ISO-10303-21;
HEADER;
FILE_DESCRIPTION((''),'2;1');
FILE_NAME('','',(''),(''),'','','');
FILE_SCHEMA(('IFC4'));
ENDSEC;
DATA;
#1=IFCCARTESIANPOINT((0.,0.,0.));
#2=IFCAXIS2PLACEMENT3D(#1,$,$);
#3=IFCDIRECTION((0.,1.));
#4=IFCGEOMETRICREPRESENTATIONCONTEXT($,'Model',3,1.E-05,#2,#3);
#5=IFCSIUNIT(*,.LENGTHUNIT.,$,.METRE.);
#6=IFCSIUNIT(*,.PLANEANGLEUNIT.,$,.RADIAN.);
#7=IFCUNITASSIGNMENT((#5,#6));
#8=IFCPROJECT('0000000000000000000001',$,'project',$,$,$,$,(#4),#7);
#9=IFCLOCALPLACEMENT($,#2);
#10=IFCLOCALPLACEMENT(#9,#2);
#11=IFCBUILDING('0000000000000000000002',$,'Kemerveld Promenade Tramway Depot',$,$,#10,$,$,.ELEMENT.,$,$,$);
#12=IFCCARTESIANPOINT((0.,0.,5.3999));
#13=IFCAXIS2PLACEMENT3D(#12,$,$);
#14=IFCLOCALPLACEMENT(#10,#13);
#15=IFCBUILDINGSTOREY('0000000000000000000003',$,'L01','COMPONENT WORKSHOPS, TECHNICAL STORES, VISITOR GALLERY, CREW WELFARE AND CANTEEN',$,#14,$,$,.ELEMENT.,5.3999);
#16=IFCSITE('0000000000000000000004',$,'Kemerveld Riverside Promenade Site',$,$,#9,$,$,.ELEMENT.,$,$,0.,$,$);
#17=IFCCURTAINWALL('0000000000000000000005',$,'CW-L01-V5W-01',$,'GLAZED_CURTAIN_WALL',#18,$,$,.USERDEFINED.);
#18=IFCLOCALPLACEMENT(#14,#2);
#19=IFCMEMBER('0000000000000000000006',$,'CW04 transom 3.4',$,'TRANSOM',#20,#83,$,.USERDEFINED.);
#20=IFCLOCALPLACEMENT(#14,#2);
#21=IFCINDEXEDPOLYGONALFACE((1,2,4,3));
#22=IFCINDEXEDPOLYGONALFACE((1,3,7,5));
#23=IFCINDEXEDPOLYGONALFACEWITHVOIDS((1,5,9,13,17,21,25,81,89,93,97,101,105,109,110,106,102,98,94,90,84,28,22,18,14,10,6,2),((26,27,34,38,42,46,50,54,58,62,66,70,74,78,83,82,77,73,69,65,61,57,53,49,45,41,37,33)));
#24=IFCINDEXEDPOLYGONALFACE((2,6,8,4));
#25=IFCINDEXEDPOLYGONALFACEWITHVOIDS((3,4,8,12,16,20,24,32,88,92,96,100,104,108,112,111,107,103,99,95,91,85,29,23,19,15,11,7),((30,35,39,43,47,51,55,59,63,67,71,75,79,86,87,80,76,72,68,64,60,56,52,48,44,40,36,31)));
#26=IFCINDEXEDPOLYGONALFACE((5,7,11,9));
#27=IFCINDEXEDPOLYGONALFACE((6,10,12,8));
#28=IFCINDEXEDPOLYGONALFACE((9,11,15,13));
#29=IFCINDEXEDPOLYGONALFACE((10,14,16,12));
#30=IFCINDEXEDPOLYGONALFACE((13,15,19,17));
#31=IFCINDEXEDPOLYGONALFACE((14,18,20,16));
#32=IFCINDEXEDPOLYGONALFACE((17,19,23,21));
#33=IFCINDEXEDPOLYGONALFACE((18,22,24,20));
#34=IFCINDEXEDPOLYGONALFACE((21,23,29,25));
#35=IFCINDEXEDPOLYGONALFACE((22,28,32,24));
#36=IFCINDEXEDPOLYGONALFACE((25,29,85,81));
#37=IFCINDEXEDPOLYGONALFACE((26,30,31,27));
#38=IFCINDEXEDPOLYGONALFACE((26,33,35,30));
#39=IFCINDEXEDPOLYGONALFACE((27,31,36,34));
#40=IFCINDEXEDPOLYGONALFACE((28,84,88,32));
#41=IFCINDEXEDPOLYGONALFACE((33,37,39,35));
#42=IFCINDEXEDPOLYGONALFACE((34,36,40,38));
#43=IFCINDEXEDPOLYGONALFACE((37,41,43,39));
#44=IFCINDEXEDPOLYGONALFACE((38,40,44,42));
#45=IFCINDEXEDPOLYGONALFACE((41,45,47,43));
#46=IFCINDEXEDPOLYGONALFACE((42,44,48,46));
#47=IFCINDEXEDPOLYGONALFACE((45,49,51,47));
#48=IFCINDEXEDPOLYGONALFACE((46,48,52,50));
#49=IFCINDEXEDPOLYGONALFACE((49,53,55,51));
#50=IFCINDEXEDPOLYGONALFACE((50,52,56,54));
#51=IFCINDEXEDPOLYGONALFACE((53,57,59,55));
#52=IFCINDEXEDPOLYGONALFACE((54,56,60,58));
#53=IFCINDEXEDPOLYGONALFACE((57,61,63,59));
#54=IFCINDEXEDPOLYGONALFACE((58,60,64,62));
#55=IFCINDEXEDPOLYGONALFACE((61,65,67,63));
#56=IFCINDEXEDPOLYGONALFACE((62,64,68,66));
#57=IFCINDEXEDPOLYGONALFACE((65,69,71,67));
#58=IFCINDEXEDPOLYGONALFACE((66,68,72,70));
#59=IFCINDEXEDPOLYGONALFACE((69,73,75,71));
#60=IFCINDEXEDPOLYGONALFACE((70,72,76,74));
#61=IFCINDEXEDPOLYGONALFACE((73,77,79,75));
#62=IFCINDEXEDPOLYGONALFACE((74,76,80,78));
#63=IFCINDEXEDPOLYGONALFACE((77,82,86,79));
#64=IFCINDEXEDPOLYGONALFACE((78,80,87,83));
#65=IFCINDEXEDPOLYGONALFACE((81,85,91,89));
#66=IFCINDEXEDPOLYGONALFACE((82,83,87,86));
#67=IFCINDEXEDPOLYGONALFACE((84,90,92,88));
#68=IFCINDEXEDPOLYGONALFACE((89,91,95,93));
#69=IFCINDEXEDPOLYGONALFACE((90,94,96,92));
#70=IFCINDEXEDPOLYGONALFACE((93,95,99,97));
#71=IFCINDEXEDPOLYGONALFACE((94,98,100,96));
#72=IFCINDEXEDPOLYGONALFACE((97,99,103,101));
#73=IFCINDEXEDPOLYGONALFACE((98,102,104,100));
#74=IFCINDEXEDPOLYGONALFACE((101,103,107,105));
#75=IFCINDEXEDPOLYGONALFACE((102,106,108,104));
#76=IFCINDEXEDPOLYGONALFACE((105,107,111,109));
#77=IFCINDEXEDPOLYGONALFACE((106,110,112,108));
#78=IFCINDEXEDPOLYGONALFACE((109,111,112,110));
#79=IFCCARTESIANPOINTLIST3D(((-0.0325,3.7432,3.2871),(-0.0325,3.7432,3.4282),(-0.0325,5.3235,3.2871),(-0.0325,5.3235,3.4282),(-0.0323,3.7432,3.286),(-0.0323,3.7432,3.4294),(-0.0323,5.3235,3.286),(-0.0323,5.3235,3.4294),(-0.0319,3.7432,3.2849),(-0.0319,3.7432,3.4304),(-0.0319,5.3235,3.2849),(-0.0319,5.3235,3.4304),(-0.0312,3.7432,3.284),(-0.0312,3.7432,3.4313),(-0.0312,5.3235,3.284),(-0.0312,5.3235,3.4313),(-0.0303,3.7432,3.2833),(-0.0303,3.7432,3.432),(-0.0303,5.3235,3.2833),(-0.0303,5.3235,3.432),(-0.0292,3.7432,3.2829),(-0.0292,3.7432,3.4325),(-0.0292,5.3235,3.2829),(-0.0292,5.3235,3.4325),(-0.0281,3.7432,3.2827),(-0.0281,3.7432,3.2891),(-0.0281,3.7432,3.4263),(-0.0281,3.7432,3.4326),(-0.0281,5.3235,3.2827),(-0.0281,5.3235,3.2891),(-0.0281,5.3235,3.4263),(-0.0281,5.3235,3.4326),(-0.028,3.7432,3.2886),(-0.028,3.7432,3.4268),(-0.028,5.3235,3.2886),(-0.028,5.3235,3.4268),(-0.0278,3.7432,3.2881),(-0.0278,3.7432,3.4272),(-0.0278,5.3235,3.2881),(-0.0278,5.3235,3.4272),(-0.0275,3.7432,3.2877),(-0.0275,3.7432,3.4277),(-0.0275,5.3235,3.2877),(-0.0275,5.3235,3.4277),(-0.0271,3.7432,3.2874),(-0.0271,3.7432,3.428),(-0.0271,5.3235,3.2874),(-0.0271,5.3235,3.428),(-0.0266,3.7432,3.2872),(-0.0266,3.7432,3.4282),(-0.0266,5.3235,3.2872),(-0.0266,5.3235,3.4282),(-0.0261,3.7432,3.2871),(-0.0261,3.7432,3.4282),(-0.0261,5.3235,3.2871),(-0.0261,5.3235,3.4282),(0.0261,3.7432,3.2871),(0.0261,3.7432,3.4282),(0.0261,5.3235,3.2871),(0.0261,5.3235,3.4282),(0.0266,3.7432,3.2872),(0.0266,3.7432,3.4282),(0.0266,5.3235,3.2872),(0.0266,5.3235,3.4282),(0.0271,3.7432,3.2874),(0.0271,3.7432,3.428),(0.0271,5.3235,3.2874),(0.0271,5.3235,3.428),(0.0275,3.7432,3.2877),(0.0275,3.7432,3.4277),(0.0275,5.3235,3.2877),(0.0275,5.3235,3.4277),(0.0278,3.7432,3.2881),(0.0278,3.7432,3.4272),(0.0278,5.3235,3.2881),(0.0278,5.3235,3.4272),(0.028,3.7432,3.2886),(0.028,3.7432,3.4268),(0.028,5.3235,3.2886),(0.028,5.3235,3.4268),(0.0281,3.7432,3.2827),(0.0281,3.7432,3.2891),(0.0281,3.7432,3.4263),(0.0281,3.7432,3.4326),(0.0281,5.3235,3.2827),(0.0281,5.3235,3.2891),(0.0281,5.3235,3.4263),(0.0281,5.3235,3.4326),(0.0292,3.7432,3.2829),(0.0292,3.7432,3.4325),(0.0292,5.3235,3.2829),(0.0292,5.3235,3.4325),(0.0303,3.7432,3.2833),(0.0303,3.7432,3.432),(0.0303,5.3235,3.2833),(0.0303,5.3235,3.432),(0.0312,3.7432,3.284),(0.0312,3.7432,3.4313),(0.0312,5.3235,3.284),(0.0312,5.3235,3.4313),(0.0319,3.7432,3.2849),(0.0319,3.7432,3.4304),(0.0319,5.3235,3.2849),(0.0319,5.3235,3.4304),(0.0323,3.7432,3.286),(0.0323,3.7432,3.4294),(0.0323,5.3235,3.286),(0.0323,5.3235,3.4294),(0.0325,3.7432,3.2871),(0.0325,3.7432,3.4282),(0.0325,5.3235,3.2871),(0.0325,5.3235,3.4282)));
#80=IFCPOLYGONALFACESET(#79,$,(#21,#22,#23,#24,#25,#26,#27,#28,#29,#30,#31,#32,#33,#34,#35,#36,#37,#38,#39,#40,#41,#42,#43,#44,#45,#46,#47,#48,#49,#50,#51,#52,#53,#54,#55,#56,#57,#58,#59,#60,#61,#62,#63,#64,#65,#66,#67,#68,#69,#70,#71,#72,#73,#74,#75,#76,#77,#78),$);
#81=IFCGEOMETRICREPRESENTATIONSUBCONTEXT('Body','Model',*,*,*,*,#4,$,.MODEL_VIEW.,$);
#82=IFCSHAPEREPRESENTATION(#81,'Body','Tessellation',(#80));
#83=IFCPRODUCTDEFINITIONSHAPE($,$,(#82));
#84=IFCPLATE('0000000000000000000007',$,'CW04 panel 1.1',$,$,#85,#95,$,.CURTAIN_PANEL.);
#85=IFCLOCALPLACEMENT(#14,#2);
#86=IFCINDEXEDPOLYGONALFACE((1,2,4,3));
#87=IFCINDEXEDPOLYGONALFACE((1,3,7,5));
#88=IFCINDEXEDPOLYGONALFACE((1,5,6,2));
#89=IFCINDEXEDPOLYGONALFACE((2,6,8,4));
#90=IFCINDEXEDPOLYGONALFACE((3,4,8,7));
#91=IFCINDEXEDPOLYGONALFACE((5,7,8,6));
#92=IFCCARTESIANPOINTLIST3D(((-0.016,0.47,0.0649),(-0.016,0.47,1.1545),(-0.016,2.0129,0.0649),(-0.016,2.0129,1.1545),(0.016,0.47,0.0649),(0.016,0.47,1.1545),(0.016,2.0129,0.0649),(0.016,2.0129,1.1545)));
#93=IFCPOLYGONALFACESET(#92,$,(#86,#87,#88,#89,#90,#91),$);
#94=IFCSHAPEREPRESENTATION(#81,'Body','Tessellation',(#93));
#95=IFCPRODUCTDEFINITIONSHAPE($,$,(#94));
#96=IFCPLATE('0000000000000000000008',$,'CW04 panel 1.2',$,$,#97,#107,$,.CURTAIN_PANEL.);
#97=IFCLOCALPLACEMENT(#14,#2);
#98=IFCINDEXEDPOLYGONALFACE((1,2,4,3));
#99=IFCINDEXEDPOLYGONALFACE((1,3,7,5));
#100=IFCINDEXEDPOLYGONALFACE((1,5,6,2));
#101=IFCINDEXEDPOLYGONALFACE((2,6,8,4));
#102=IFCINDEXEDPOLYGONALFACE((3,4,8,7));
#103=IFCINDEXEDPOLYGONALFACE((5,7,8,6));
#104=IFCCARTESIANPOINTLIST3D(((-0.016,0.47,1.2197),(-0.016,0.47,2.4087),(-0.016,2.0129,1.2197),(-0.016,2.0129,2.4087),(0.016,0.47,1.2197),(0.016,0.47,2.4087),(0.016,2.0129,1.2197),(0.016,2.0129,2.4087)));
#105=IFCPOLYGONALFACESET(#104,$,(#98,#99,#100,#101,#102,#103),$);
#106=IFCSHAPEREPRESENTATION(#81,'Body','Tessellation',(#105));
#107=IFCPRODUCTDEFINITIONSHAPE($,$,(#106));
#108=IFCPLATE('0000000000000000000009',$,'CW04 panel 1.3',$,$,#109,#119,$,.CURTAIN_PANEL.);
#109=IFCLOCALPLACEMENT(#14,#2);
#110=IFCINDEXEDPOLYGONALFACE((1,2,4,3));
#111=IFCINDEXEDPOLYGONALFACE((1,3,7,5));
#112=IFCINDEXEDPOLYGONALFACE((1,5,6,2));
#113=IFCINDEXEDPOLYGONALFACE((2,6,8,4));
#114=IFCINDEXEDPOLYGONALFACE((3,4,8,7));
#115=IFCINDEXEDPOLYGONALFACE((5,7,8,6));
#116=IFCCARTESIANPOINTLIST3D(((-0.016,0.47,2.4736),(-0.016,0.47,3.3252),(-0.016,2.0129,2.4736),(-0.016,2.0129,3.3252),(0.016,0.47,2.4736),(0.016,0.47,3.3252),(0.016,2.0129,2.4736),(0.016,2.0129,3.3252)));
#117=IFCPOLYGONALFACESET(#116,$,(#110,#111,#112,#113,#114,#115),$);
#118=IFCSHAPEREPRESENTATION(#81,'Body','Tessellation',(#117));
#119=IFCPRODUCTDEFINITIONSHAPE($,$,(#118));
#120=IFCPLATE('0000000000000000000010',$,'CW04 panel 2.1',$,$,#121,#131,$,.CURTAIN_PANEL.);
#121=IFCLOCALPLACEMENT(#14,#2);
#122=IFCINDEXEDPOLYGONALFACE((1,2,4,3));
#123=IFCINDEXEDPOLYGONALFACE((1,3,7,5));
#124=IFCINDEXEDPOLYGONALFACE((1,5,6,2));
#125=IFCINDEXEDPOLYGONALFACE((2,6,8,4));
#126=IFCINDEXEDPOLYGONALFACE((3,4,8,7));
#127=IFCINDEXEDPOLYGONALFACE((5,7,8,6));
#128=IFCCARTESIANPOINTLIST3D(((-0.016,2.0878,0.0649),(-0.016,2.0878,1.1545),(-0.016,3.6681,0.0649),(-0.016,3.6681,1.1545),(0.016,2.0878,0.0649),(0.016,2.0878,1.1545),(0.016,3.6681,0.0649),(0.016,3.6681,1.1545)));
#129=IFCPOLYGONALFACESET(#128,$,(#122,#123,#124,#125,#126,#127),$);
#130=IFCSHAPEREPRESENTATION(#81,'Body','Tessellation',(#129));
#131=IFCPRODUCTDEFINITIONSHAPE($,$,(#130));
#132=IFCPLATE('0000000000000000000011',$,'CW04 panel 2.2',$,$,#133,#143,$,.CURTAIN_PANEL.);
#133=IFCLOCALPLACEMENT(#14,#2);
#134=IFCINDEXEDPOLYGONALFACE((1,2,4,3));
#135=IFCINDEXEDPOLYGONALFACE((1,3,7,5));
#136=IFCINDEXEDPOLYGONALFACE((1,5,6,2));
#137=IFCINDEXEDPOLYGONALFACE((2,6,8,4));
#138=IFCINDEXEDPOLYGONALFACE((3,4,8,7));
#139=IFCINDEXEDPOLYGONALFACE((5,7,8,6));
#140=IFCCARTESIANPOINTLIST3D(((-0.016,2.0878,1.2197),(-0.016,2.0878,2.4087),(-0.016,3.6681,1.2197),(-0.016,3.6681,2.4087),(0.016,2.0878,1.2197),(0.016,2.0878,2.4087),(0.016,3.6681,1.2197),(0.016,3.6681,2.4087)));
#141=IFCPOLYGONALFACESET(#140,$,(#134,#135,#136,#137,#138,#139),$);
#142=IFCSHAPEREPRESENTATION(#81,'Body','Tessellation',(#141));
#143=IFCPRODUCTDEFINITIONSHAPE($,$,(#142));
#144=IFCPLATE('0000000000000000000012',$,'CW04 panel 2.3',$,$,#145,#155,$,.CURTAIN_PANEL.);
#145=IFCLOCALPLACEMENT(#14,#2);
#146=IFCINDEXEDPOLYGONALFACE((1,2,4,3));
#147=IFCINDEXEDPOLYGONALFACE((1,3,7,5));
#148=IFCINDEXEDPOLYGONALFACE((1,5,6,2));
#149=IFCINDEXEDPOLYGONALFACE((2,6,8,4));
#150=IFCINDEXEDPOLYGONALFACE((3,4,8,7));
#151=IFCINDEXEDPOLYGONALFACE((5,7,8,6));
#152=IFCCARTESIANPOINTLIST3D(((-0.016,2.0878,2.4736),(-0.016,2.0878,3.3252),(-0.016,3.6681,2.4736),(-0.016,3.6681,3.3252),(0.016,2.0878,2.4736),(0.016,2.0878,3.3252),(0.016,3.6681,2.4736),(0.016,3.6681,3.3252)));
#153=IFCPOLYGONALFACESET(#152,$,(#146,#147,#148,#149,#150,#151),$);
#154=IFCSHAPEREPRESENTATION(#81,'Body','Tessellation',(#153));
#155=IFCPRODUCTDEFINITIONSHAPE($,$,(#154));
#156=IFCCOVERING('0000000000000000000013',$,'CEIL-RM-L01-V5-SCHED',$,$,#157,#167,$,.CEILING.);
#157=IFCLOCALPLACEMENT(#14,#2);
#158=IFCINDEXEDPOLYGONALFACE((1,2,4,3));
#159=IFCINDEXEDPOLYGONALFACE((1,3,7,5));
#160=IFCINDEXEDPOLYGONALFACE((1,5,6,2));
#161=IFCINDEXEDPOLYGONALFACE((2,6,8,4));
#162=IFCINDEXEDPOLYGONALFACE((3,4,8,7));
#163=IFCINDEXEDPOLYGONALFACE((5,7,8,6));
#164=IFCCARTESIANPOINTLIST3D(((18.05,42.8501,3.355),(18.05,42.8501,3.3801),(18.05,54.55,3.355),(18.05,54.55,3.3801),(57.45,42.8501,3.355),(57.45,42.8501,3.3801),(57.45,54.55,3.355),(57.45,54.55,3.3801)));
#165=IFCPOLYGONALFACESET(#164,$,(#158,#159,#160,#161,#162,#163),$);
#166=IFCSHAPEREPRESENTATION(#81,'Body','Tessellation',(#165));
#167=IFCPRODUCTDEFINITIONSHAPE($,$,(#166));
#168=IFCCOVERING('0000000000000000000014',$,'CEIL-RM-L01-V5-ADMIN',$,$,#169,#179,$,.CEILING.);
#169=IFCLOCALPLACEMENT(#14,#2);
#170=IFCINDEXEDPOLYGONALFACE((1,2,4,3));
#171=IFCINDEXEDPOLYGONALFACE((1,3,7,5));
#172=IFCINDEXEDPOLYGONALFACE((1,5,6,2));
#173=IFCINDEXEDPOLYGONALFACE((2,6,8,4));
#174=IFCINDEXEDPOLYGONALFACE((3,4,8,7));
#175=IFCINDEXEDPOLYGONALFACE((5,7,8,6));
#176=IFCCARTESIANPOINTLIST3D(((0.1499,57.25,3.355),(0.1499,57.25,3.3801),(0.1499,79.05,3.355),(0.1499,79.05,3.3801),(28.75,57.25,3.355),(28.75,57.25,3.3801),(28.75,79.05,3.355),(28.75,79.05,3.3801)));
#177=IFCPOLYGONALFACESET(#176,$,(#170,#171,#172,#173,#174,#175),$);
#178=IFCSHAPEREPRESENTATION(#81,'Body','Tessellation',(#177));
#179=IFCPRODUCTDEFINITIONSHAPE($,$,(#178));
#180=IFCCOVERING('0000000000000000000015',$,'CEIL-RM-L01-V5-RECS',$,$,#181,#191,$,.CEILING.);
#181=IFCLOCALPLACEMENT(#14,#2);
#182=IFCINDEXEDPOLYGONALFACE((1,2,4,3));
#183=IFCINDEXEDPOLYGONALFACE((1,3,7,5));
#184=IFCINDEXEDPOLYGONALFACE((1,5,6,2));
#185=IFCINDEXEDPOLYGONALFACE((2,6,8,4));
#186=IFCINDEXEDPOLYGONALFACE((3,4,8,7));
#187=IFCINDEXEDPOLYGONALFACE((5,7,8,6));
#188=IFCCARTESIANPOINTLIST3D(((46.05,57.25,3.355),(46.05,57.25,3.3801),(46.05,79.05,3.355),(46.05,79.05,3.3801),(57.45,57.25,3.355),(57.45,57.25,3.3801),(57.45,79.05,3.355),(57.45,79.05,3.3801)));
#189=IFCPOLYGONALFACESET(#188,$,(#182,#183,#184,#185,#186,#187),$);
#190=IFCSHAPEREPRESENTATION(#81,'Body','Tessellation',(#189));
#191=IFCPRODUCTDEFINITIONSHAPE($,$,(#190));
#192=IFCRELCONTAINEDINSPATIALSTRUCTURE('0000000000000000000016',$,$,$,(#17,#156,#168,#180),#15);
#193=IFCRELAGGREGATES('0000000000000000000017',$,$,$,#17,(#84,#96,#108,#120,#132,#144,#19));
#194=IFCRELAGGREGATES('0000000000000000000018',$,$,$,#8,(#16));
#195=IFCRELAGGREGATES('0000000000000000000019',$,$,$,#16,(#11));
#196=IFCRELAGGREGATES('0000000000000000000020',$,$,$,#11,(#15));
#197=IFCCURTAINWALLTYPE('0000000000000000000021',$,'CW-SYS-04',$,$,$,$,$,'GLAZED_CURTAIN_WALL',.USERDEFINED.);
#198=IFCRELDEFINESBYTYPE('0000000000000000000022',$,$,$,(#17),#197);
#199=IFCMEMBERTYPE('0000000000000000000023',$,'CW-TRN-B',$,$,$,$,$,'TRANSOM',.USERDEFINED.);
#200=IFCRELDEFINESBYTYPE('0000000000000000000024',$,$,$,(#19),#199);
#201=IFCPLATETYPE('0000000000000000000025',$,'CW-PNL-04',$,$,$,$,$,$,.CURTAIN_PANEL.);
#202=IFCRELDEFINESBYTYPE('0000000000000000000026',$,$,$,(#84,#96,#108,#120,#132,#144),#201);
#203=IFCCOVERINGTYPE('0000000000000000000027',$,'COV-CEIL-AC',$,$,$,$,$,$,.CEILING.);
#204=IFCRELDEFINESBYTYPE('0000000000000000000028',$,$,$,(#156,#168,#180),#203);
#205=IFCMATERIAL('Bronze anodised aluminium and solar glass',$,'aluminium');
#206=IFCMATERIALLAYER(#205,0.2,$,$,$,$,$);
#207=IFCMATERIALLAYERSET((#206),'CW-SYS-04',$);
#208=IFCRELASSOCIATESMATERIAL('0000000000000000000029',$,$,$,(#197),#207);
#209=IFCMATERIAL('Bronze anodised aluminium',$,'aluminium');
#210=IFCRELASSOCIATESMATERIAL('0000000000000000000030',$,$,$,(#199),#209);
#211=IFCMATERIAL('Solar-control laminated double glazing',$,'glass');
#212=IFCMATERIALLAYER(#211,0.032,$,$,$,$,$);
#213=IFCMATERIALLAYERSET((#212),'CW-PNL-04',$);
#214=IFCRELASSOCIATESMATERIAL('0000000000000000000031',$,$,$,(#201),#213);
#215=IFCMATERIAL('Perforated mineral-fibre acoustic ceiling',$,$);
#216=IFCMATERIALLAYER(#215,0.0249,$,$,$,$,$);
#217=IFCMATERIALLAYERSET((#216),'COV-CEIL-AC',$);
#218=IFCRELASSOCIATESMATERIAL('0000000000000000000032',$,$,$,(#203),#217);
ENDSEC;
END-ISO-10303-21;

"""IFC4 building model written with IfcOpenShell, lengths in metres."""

from ifc_helpers import new_model, si_unit, direction, frame, origin, origin_2d, place, context, subcontext, project, spatial, polyline, rectangle, hollow_rectangle, outline, extrude, material, layer, layer_set, material_profile, profile_set, type_object, element, aggregate, save


model = new_model("IFC4")

# Units and contexts
model_context = context("Model", 3, precision=1e-05, world=origin(), true_north=direction((0.0, 1.0)))
body_context = subcontext(model_context, "Body", "Model", "MODEL_VIEW")
ifc_project = project(units=[si_unit("LENGTHUNIT", "METRE"), si_unit("PLANEANGLEUNIT", "RADIAN")], contexts=[model_context])

# Site, building, storey
site_placement = place(None, origin())
site = spatial("IfcSite", under=ifc_project, at=site_placement, Name="Kemerveld Riverside Promenade Site", CompositionType="ELEMENT", RefElevation=0.0)
building_placement = place(site_placement, origin())
building = spatial("IfcBuilding", under=site, at=building_placement, Name="Kemerveld Promenade Tramway Depot", CompositionType="ELEMENT")
storey_placement = place(building_placement, frame((0.0, 0.0, 5.3999)))
storey = spatial("IfcBuildingStorey", under=building, at=storey_placement, Name="L01", Description="COMPONENT WORKSHOPS, TECHNICAL STORES, VISITOR GALLERY, CREW WELFARE AND CANTEEN", CompositionType="ELEMENT", Elevation=5.3999)

# Curtain wall, member, plates
ifc_material_1 = material(Name="Bronze anodised aluminium and solar glass", Category="aluminium")
ifc_layer_1 = layer(ifc_material_1, 0.2)
ifc_layer_set_1 = layer_set([ifc_layer_1], Name="CW-SYS-04")
curtain_wall_type = type_object("IfcCurtainWallType", Name="CW-SYS-04", ElementType="GLAZED_CURTAIN_WALL", PredefinedType="USERDEFINED", material=ifc_layer_set_1)
curtain_wall_placement = place(storey_placement, origin())
curtain_wall = element("IfcCurtainWall", 1, at=curtain_wall_placement, inside=storey, type_object=curtain_wall_type, Name="CW-L01-V5W-01", ObjectType="GLAZED_CURTAIN_WALL", PredefinedType="USERDEFINED")
ifc_material_2 = material(Name="Bronze anodised aluminium", Category="aluminium")
ifc_material_profile_1 = material_profile(ifc_material_2, hollow_rectangle(XDim=0.0649, YDim=0.1499, WallThickness=0.0044, InnerFilletRadius=0.002, OuterFilletRadius=0.0044, at=origin_2d()), Name="CW-TRN-150x65")
ifc_profile_set_1 = profile_set([ifc_material_profile_1], Name="Bronze anodised aluminium")
member_type_1 = type_object("IfcMemberType", Name="CW-TRN-B", ElementType="TRANSOM", PredefinedType="USERDEFINED", material=ifc_profile_set_1)
member_1_placement = place(storey_placement, frame((0.0, 3.7432, 3.3577), z_axis=(0.0, 1.0, 0.0), x_axis=(-1.0, 0.0, 0.0)))
member_1 = element("IfcMember", 2, at=member_1_placement, type_object=member_type_1, Name="CW04 transom 3.4", ObjectType="TRANSOM", PredefinedType="USERDEFINED", context=body_context, shape_type="SweptSolid", body=[
    extrude(hollow_rectangle(XDim=0.0649, YDim=0.1499, WallThickness=0.0044, InnerFilletRadius=0.002, OuterFilletRadius=0.0044, at=origin_2d()), origin(), (0.0, 0.0, 1.0), 1.5803),
])
ifc_material_3 = material(Name="Solar-control laminated double glazing", Category="glass")
ifc_layer_2 = layer(ifc_material_3, 0.032)
ifc_layer_set_2 = layer_set([ifc_layer_2], Name="CW-PNL-04")
plate_type = type_object("IfcPlateType", Name="CW-PNL-04", PredefinedType="CURTAIN_PANEL", material=ifc_layer_set_2)
plate_1_placement = place(storey_placement, frame((0.0, 1.2415, 0.0649), z_axis=(0.0, 0.0, 1.0), x_axis=(0.0, 1.0, 0.0)))
plate_1 = element("IfcPlate", 3, at=plate_1_placement, type_object=plate_type, Name="CW04 panel 1.1", PredefinedType="CURTAIN_PANEL", context=body_context, shape_type="SweptSolid", body=[
    extrude(rectangle(XDim=1.543, YDim=0.032, at=origin_2d()), origin(), (0.0, 0.0, 1.0), 1.0896),
])
plate_2_placement = place(storey_placement, frame((0.0, 1.2415, 1.2197), z_axis=(0.0, 0.0, 1.0), x_axis=(0.0, 1.0, 0.0)))
plate_2 = element("IfcPlate", 4, at=plate_2_placement, type_object=plate_type, Name="CW04 panel 1.2", PredefinedType="CURTAIN_PANEL", context=body_context, shape_type="SweptSolid", body=[
    extrude(rectangle(XDim=1.543, YDim=0.032, at=origin_2d()), origin(), (0.0, 0.0, 1.0), 1.189),
])
plate_3_placement = place(storey_placement, frame((0.0, 1.2415, 2.4736), z_axis=(0.0, 0.0, 1.0), x_axis=(0.0, 1.0, 0.0)))
plate_3 = element("IfcPlate", 5, at=plate_3_placement, type_object=plate_type, Name="CW04 panel 1.3", PredefinedType="CURTAIN_PANEL", context=body_context, shape_type="SweptSolid", body=[
    extrude(rectangle(XDim=1.543, YDim=0.032, at=origin_2d()), origin(), (0.0, 0.0, 1.0), 0.8516),
])
plate_4_placement = place(storey_placement, frame((0.0, 2.8779, 0.0649), z_axis=(0.0, 0.0, 1.0), x_axis=(0.0, 1.0, 0.0)))
plate_4 = element("IfcPlate", 6, at=plate_4_placement, type_object=plate_type, Name="CW04 panel 2.1", PredefinedType="CURTAIN_PANEL", context=body_context, shape_type="SweptSolid", body=[
    extrude(rectangle(XDim=1.5803, YDim=0.032, at=origin_2d()), origin(), (0.0, 0.0, 1.0), 1.0896),
])
plate_5_placement = place(storey_placement, frame((0.0, 2.8779, 1.2197), z_axis=(0.0, 0.0, 1.0), x_axis=(0.0, 1.0, 0.0)))
plate_5 = element("IfcPlate", 7, at=plate_5_placement, type_object=plate_type, Name="CW04 panel 2.2", PredefinedType="CURTAIN_PANEL", context=body_context, shape_type="SweptSolid", body=[
    extrude(rectangle(XDim=1.5803, YDim=0.032, at=origin_2d()), origin(), (0.0, 0.0, 1.0), 1.189),
])
plate_6_placement = place(storey_placement, frame((0.0, 2.8779, 2.4736), z_axis=(0.0, 0.0, 1.0), x_axis=(0.0, 1.0, 0.0)))
plate_6 = element("IfcPlate", 8, at=plate_6_placement, type_object=plate_type, Name="CW04 panel 2.3", PredefinedType="CURTAIN_PANEL", context=body_context, shape_type="SweptSolid", body=[
    extrude(rectangle(XDim=1.5803, YDim=0.032, at=origin_2d()), origin(), (0.0, 0.0, 1.0), 0.8516),
])
aggregate(curtain_wall, [plate_1, plate_2, plate_3, plate_4, plate_5, plate_6, member_1])

# Coverings
ifc_material_4 = material(Name="Perforated mineral-fibre acoustic ceiling")
ifc_layer_3 = layer(ifc_material_4, 0.0249)
ifc_layer_set_3 = layer_set([ifc_layer_3], Name="COV-CEIL-AC")
covering_type_1 = type_object("IfcCoveringType", Name="COV-CEIL-AC", PredefinedType="CEILING", material=ifc_layer_set_3)
covering_1_placement = place(storey_placement, frame((0.0, 0.0, 3.355)))
element("IfcCovering", 9, at=covering_1_placement, inside=storey, type_object=covering_type_1, Name="CEIL-RM-L01-V5-SCHED", PredefinedType="CEILING", context=body_context, shape_type="SweptSolid", body=[
    extrude(outline(polyline([(18.05, 42.8501), (57.45, 42.8501), (57.45, 54.55), (18.05, 54.55), (18.05, 42.8501)])), origin(), (0.0, 0.0, 1.0), 0.0251),
])
covering_2_placement = place(storey_placement, frame((0.0, 0.0, 3.355)))
element("IfcCovering", 10, at=covering_2_placement, inside=storey, type_object=covering_type_1, Name="CEIL-RM-L01-V5-ADMIN", PredefinedType="CEILING", context=body_context, shape_type="SweptSolid", body=[
    extrude(outline(polyline([(0.1499, 57.25), (28.75, 57.25), (28.75, 79.05), (0.1499, 79.05), (0.1499, 57.25)])), origin(), (0.0, 0.0, 1.0), 0.0251),
])
covering_3_placement = place(storey_placement, frame((0.0, 0.0, 3.355)))
element("IfcCovering", 11, at=covering_3_placement, inside=storey, type_object=covering_type_1, Name="CEIL-RM-L01-V5-RECS", PredefinedType="CEILING", context=body_context, shape_type="SweptSolid", body=[
    extrude(outline(polyline([(46.05, 57.25), (57.45, 57.25), (57.45, 79.05), (46.05, 79.05), (46.05, 57.25)])), origin(), (0.0, 0.0, 1.0), 0.0251),
])

save(model, "model.ifc")
